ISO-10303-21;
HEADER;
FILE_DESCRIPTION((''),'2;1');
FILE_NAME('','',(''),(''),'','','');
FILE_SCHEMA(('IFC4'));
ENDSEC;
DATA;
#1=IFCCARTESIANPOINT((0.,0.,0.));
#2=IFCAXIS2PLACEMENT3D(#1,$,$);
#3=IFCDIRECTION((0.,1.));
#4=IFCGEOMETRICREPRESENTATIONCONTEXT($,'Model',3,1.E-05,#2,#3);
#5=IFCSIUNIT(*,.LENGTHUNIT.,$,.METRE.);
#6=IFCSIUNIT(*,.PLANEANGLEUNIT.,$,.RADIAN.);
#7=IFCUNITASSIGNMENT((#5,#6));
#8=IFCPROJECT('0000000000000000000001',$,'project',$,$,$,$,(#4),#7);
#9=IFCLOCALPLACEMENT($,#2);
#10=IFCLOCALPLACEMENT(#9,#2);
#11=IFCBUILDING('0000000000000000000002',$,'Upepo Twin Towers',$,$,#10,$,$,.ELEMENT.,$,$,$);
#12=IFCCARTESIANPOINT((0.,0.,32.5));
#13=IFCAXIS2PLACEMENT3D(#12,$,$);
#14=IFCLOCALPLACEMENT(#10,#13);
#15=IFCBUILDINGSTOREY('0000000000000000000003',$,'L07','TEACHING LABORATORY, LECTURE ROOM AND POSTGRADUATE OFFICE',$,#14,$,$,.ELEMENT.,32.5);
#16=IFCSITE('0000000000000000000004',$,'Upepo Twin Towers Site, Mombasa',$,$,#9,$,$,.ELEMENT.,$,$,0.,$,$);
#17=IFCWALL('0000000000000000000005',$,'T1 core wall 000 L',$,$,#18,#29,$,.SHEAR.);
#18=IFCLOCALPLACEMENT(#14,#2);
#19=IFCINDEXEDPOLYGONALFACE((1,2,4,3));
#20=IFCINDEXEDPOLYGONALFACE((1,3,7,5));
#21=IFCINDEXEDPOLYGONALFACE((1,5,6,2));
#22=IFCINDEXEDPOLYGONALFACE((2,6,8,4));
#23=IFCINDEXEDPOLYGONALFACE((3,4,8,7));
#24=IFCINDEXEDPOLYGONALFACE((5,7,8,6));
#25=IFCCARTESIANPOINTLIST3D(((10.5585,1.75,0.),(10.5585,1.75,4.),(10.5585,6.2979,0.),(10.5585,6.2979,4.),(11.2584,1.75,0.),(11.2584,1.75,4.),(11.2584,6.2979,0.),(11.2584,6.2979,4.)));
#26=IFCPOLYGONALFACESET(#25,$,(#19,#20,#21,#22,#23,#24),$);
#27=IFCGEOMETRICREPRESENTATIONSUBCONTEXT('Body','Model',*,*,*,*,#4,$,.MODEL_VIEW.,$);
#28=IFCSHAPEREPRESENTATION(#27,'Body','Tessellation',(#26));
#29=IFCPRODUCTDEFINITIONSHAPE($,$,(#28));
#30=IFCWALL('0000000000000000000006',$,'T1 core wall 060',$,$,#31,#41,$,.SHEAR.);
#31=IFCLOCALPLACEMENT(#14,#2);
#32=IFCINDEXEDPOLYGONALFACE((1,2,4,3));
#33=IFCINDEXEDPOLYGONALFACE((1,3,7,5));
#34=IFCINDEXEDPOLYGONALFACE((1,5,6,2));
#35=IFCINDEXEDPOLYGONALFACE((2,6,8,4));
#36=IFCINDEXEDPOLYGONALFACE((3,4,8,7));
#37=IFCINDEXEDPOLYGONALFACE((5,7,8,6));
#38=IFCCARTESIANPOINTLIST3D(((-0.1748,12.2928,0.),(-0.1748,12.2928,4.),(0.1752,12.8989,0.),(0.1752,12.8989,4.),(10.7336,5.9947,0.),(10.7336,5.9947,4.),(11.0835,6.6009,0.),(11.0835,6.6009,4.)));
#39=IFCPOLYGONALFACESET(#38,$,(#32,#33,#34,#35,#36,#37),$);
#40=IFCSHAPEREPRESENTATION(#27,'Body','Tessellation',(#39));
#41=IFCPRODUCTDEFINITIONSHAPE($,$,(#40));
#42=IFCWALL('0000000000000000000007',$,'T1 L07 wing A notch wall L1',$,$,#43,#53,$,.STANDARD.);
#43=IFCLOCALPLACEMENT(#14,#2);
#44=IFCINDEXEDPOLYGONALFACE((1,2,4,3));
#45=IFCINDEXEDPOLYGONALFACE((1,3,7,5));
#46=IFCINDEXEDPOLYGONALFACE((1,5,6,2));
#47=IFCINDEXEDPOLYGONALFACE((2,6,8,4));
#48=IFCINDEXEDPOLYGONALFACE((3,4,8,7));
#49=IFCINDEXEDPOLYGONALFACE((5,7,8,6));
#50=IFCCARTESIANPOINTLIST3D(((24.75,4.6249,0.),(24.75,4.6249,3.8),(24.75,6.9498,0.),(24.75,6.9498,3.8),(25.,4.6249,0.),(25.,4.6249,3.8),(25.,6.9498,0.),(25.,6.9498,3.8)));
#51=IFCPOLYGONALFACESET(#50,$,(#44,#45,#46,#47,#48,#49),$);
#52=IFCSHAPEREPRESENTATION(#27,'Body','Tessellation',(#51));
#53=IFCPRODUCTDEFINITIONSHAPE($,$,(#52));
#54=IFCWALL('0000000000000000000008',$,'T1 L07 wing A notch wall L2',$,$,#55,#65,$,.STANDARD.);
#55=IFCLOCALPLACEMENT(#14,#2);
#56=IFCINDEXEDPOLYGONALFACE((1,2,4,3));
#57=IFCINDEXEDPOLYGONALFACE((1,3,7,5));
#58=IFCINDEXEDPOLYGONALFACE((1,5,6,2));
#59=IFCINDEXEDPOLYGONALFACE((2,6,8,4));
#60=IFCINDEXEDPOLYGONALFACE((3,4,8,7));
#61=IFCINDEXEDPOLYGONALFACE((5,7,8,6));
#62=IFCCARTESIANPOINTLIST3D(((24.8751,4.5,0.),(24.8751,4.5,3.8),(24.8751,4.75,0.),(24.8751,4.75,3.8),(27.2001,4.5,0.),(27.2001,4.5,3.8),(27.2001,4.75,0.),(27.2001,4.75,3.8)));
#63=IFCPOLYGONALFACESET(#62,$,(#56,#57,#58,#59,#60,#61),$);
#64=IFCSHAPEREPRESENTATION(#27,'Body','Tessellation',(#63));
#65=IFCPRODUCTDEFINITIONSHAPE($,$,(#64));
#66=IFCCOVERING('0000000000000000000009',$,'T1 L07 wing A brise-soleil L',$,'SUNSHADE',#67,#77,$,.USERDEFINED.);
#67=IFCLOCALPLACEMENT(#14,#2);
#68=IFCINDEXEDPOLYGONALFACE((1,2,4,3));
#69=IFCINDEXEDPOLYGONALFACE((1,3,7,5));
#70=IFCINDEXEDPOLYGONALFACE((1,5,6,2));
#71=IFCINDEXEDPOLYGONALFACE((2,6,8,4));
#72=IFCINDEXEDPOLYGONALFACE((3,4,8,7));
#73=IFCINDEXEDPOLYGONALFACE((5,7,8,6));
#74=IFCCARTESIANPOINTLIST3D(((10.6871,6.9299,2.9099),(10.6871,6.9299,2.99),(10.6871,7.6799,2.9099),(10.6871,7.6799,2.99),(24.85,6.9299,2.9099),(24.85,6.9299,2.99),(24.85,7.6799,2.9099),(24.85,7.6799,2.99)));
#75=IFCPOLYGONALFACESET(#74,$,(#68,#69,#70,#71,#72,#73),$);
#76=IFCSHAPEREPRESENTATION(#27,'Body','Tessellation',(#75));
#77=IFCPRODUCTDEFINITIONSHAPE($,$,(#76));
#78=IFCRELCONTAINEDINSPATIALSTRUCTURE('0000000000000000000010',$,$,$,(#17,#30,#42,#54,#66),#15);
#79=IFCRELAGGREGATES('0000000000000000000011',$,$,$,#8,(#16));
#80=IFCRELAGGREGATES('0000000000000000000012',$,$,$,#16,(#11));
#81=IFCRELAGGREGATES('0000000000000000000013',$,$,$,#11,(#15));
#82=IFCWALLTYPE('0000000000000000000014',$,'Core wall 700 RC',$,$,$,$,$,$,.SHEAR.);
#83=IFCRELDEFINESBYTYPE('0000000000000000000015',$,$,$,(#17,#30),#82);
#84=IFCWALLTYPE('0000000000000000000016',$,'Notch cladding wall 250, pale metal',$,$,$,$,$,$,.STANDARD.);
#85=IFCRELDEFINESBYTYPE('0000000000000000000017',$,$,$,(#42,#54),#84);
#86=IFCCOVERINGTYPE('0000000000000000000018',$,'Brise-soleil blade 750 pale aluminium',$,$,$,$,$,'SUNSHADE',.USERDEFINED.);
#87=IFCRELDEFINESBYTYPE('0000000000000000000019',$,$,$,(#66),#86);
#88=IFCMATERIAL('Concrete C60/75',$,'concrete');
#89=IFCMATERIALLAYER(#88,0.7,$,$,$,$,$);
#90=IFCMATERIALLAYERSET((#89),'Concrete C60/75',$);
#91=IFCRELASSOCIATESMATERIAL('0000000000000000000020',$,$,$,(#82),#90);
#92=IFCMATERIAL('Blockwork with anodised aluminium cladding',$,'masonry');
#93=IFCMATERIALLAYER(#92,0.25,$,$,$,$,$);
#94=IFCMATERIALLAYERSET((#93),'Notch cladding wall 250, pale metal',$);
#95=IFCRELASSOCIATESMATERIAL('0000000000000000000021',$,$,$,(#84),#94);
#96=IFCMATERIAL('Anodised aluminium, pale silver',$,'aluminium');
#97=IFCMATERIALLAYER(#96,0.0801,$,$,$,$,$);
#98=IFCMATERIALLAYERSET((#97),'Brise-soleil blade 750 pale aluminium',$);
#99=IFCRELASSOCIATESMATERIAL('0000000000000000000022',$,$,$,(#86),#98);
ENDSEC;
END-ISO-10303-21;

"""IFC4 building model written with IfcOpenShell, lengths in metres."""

from ifc_helpers import new_model, si_unit, direction, frame, frame_2d, origin, origin_2d, place, context, subcontext, project, spatial, rectangle, extrude, material, layer, layer_set, type_object, element, save


model = new_model("IFC4")

# Units and contexts
model_context = context("Model", 3, precision=1e-05, world=origin(), true_north=direction((0.0, 1.0)))
body_context = subcontext(model_context, "Body", "Model", "MODEL_VIEW")
ifc_project = project(units=[si_unit("LENGTHUNIT", "METRE"), si_unit("PLANEANGLEUNIT", "RADIAN")], contexts=[model_context])

# Site, building, storey
site_placement = place(None, origin())
site = spatial("IfcSite", under=ifc_project, at=site_placement, Name="Upepo Twin Towers Site, Mombasa", CompositionType="ELEMENT", RefElevation=0.0)
building_placement = place(site_placement, origin())
building = spatial("IfcBuilding", under=site, at=building_placement, Name="Upepo Twin Towers", CompositionType="ELEMENT")
storey_placement = place(building_placement, frame((0.0, 0.0, 32.5)))
storey = spatial("IfcBuildingStorey", under=building, at=storey_placement, Name="L07", Description="TEACHING LABORATORY, LECTURE ROOM AND POSTGRADUATE OFFICE", CompositionType="ELEMENT", Elevation=32.5)

# Walls
ifc_material_1 = material(Name="Concrete C60/75", Category="concrete")
ifc_layer_1 = layer(ifc_material_1, 0.7)
ifc_layer_set_1 = layer_set([ifc_layer_1], Name="Concrete C60/75")
wall_type_1 = type_object("IfcWallType", Name="Core wall 700 RC", PredefinedType="SHEAR", material=ifc_layer_set_1)
wall_1_placement = place(storey_placement, frame((10.9084, 1.75, 0.0), z_axis=(0.0, 0.0, 1.0), x_axis=(0.0, 1.0, 0.0)))
element("IfcWall", 1, at=wall_1_placement, inside=storey, type_object=wall_type_1, Name="T1 core wall 000 L", PredefinedType="SHEAR", context=body_context, shape_type="SweptSolid", body=[
    extrude(rectangle(XDim=4.5479, YDim=0.7, at=frame_2d((2.2739, 0.0))), origin(), (0.0, 0.0, 1.0), 4.0),
])
wall_2_placement = place(storey_placement, frame((10.9084, 6.2979, 0.0), z_axis=(0.0, 0.0, 1.0), x_axis=(-0.866022, 0.500006, 0.0)))
element("IfcWall", 2, at=wall_2_placement, inside=storey, type_object=wall_type_1, Name="T1 core wall 060", PredefinedType="SHEAR", context=body_context, shape_type="SweptSolid", body=[
    extrude(rectangle(XDim=12.5959, YDim=0.7, at=frame_2d((6.2979, 0.0))), origin(), (0.0, 0.0, 1.0), 4.0),
])
ifc_material_2 = material(Name="Blockwork with anodised aluminium cladding", Category="masonry")
ifc_layer_2 = layer(ifc_material_2, 0.25)
ifc_layer_set_2 = layer_set([ifc_layer_2], Name="Notch cladding wall 250, pale metal")
wall_type_2 = type_object("IfcWallType", Name="Notch cladding wall 250, pale metal", PredefinedType="STANDARD", material=ifc_layer_set_2)
for number, where, z_axis, x_axis, name in (
    (3, (24.875, 6.95, 0.0), (0.0, 0.0, 1.0), (0.0, -1.0, 0.0), "T1 L07 wing A notch wall L1"),
    (4, (24.875, 4.625, 0.0), (0.0, 0.0, 1.0), (1.0, 0.0, 0.0), "T1 L07 wing A notch wall L2"),
):
    element("IfcWall", number, at=place(storey_placement, frame(where, z_axis=z_axis, x_axis=x_axis)), inside=storey, type_object=wall_type_2, Name=name, PredefinedType="STANDARD", context=body_context, shape_type="SweptSolid", body=[
        extrude(rectangle(XDim=2.325, YDim=0.25, at=frame_2d((1.1626, 0.0))), origin(), (0.0, 0.0, 1.0), 3.8),
    ])

# Covering
ifc_material_3 = material(Name="Anodised aluminium, pale silver", Category="aluminium")
ifc_layer_3 = layer(ifc_material_3, 0.0801)
ifc_layer_set_3 = layer_set([ifc_layer_3], Name="Brise-soleil blade 750 pale aluminium")
covering_type = type_object("IfcCoveringType", Name="Brise-soleil blade 750 pale aluminium", ElementType="SUNSHADE", PredefinedType="USERDEFINED", material=ifc_layer_set_3)
covering_placement = place(storey_placement, frame((17.7686, 7.3049, 2.9099), z_axis=(0.0, 0.0, 1.0), x_axis=(1.0, 0.0, 0.0)))
element("IfcCovering", 5, at=covering_placement, inside=storey, type_object=covering_type, Name="T1 L07 wing A brise-soleil L", ObjectType="SUNSHADE", PredefinedType="USERDEFINED", context=body_context, shape_type="SweptSolid", body=[
    extrude(rectangle(XDim=14.1628, YDim=0.75, at=origin_2d()), origin(), (0.0, 0.0, 1.0), 0.0801),
])

save(model, "model.ifc")
